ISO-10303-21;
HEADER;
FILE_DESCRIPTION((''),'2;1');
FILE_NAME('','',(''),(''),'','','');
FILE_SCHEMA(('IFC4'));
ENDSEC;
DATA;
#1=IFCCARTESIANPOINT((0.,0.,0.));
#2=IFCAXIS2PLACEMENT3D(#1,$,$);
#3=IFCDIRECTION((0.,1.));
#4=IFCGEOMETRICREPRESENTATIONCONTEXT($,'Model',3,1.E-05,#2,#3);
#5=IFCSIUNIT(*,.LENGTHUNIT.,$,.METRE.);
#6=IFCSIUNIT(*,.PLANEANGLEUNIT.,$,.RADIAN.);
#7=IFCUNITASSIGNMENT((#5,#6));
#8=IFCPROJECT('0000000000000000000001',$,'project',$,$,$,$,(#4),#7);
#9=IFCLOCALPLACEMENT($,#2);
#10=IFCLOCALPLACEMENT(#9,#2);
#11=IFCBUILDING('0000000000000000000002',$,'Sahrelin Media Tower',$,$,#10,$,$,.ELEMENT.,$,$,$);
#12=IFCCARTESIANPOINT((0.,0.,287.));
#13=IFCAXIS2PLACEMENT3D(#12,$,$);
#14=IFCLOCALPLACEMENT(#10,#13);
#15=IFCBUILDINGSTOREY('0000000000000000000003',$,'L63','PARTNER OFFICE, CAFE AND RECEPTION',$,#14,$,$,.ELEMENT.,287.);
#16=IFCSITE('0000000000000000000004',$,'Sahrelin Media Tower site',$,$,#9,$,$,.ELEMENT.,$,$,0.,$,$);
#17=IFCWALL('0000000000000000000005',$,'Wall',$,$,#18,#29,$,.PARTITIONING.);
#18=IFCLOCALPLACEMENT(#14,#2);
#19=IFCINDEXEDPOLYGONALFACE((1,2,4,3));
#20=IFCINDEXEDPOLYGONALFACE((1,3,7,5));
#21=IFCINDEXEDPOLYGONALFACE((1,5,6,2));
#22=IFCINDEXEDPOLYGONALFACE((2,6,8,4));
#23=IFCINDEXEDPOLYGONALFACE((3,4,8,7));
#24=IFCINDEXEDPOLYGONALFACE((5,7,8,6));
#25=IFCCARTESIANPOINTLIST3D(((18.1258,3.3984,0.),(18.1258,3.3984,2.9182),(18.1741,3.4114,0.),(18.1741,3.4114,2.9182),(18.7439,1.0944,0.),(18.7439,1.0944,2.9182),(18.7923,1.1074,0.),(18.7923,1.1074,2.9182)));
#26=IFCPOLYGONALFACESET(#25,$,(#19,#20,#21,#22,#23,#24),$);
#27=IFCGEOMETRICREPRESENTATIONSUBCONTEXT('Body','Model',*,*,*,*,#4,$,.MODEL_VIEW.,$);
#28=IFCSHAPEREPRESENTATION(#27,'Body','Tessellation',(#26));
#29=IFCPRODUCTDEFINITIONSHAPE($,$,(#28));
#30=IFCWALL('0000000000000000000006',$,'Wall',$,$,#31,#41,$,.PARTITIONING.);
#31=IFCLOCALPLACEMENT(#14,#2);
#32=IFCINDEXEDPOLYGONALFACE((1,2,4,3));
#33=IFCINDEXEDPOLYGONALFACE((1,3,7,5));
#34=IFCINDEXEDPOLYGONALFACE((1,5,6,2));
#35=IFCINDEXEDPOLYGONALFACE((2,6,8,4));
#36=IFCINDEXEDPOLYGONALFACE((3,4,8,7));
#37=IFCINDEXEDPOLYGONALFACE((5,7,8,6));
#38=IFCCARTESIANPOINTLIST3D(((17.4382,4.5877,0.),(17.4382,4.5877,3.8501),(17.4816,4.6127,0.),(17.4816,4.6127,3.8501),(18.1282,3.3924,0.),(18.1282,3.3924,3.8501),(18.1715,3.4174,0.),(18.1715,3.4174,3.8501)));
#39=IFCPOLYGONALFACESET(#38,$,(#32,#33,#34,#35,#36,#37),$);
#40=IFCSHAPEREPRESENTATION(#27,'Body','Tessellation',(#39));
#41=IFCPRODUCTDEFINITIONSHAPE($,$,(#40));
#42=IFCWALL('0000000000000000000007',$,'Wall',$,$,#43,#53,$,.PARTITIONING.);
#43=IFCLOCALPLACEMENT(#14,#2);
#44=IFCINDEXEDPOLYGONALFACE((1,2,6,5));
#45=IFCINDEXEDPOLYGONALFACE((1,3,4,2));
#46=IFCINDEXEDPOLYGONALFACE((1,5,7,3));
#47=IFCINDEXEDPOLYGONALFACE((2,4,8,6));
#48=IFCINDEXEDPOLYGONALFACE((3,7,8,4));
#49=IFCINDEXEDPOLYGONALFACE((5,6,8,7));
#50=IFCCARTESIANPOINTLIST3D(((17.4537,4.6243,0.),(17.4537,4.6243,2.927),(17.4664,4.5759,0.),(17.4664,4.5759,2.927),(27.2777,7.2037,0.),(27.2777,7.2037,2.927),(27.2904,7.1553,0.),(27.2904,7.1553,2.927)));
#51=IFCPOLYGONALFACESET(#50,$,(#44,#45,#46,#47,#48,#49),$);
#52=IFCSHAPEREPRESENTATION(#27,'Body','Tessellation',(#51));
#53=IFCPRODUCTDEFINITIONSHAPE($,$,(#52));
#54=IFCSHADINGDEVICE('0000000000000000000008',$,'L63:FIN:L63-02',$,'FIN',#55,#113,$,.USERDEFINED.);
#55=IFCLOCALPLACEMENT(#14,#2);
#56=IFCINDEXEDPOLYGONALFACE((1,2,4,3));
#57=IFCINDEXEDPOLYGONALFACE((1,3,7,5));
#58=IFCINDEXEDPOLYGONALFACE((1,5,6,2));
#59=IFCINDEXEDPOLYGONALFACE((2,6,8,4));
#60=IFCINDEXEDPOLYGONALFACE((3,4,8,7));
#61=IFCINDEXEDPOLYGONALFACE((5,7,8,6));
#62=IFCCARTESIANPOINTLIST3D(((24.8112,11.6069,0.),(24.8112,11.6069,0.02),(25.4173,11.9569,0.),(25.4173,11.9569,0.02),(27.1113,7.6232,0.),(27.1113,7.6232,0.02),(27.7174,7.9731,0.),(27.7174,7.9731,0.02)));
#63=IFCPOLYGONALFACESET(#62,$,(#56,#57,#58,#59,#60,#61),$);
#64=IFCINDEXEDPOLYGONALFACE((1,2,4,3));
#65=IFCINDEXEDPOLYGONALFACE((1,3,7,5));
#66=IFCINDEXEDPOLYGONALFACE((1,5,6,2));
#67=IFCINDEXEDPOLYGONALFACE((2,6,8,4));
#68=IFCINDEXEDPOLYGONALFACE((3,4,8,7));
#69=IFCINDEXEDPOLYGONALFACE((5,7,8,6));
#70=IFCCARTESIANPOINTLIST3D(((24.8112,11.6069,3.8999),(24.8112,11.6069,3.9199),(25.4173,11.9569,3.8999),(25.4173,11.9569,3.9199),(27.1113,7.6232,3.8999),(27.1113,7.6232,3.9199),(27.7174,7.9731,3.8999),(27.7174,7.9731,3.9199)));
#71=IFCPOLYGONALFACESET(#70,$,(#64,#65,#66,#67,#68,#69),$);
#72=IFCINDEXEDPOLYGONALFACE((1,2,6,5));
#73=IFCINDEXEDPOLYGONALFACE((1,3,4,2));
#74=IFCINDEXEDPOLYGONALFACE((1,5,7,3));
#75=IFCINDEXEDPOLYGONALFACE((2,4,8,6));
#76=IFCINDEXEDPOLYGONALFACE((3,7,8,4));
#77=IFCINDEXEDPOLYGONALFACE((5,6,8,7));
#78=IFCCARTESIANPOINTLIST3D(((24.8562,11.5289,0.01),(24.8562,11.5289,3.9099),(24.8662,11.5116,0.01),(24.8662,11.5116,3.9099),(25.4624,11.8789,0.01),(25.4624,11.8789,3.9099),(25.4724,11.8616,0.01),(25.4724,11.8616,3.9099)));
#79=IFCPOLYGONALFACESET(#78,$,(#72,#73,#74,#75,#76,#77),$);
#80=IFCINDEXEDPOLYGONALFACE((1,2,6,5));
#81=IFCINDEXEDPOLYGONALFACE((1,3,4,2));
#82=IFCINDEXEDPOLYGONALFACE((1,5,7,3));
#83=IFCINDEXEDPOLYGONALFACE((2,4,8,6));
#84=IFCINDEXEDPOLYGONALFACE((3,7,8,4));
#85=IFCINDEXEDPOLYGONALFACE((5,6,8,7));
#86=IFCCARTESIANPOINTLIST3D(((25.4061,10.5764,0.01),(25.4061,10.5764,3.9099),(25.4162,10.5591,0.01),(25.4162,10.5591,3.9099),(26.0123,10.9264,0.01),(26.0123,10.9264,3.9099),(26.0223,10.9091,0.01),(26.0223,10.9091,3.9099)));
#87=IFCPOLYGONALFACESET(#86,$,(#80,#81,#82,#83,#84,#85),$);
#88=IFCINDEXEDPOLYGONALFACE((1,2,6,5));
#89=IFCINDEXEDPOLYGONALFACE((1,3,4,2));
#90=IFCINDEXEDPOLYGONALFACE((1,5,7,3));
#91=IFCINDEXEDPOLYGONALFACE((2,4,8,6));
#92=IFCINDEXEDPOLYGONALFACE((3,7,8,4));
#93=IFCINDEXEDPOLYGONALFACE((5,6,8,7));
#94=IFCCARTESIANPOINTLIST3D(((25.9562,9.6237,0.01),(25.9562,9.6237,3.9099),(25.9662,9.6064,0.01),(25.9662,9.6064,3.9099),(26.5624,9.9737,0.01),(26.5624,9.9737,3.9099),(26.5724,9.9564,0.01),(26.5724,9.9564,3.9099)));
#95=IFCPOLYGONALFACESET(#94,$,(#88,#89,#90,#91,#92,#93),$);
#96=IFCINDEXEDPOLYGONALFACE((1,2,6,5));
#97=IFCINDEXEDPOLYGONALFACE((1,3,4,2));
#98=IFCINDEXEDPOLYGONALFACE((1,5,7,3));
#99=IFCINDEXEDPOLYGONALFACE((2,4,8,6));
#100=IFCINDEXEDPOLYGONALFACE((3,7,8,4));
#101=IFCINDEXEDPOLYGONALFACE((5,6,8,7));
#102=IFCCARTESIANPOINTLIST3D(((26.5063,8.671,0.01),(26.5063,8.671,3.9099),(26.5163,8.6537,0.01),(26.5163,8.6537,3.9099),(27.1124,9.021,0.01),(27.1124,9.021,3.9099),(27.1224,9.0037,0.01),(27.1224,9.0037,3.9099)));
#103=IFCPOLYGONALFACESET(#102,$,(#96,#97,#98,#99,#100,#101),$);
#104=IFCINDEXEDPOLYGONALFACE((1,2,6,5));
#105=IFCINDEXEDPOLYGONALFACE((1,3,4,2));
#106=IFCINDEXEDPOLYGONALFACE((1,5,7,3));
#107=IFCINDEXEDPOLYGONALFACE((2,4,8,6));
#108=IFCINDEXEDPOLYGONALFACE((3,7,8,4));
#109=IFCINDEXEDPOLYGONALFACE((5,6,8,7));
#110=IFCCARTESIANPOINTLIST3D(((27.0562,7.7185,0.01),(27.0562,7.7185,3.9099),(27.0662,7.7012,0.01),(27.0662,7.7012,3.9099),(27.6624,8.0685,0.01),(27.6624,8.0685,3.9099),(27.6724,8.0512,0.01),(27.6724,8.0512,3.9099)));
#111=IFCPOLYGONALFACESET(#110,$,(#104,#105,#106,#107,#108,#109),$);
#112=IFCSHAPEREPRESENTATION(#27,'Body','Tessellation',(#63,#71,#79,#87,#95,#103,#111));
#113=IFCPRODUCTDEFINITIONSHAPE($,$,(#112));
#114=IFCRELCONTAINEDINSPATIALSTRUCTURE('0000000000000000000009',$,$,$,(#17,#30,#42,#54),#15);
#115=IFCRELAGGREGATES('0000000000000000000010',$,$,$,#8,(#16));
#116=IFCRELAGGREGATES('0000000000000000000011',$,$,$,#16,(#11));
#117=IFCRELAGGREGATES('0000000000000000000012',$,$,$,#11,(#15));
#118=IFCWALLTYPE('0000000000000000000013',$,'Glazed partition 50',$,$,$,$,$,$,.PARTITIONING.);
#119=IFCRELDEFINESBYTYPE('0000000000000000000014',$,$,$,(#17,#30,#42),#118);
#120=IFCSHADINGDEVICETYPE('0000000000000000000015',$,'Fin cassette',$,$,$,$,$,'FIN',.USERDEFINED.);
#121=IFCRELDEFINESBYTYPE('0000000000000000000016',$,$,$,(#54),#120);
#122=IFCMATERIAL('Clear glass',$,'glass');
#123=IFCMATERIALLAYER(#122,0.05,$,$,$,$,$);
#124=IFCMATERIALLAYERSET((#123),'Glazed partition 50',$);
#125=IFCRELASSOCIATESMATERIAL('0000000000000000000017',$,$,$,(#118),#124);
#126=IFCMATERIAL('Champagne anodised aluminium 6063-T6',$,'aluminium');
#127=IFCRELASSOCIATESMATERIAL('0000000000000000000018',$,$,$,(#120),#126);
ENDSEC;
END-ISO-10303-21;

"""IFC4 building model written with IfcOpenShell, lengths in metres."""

from ifc_helpers import new_model, si_unit, direction, frame, frame_2d, origin, origin_2d, place, context, subcontext, project, spatial, rectangle, extrude, material, layer, layer_set, type_object, element, save


model = new_model("IFC4")

# Units and contexts
model_context = context("Model", 3, precision=1e-05, world=origin(), true_north=direction((0.0, 1.0)))
body_context = subcontext(model_context, "Body", "Model", "MODEL_VIEW")
ifc_project = project(units=[si_unit("LENGTHUNIT", "METRE"), si_unit("PLANEANGLEUNIT", "RADIAN")], contexts=[model_context])

# Site, building, storey
site_placement = place(None, origin())
site = spatial("IfcSite", under=ifc_project, at=site_placement, Name="Sahrelin Media Tower site", CompositionType="ELEMENT", RefElevation=0.0)
building_placement = place(site_placement, origin())
building = spatial("IfcBuilding", under=site, at=building_placement, Name="Sahrelin Media Tower", CompositionType="ELEMENT")
storey_placement = place(building_placement, frame((0.0, 0.0, 287.0)))
storey = spatial("IfcBuildingStorey", under=building, at=storey_placement, Name="L63", Description="PARTNER OFFICE, CAFE AND RECEPTION", CompositionType="ELEMENT", Elevation=287.0)

# Shared definitions
ifc_material_1 = material(Name="Champagne anodised aluminium 6063-T6", Category="aluminium")

# Walls
ifc_material_2 = material(Name="Clear glass", Category="glass")
ifc_layer_1 = layer(ifc_material_2, 0.05)
ifc_layer_set_1 = layer_set([ifc_layer_1], Name="Glazed partition 50")
wall_type_1 = type_object("IfcWallType", Name="Glazed partition 50", PredefinedType="PARTITIONING", material=ifc_layer_set_1)
wall_1_placement = place(storey_placement, frame((18.1499, 3.405, 0.0), z_axis=(0.0, 0.0, 1.0), x_axis=(0.25914, -0.96584, 0.0)))
element("IfcWall", 1, at=wall_1_placement, inside=storey, type_object=wall_type_1, Name="Wall", PredefinedType="PARTITIONING", context=body_context, shape_type="SweptSolid", body=[
    extrude(rectangle(XDim=2.3855, YDim=0.05, at=frame_2d((1.1929, 0.0))), origin(), (0.0, 0.0, 1.0), 2.9182),
])
wall_2_placement = place(storey_placement, frame((17.46, 4.6001, 0.0), z_axis=(0.0, 0.0, 1.0), x_axis=(0.499906, -0.86608, 0.0)))
element("IfcWall", 2, at=wall_2_placement, inside=storey, type_object=wall_type_1, Name="Wall", PredefinedType="PARTITIONING", context=body_context, shape_type="SweptSolid", body=[
    extrude(rectangle(XDim=1.3801, YDim=0.05, at=frame_2d((0.6899, 0.0))), origin(), (0.0, 0.0, 1.0), 3.8501),
])
wall_3_placement = place(storey_placement, frame((17.46, 4.6001, 0.0), z_axis=(0.0, 0.0, 1.0), x_axis=(0.967218, 0.253949, 0.0)))
element("IfcWall", 3, at=wall_3_placement, inside=storey, type_object=wall_type_1, Name="Wall", PredefinedType="PARTITIONING", context=body_context, shape_type="SweptSolid", body=[
    extrude(rectangle(XDim=10.157, YDim=0.05, at=frame_2d((5.0786, 0.0))), origin(), (0.0, 0.0, 1.0), 2.927),
])

# Shading device
shading_device_type_1 = type_object("IfcShadingDeviceType", Name="Fin cassette", ElementType="FIN", PredefinedType="USERDEFINED", material=ifc_material_1)
placement = place(storey_placement, frame((25.9006, 9.5801, 0.0), z_axis=(0.0, 0.0, 1.0), x_axis=(0.500011, -0.866019, 0.0)))
element("IfcShadingDevice", 4, at=placement, inside=storey, type_object=shading_device_type_1, Name="L63:FIN:L63-02", ObjectType="FIN", PredefinedType="USERDEFINED", context=body_context, shape_type="SweptSolid", body=[
    extrude(rectangle(XDim=4.6001, YDim=0.7, at=origin_2d()), frame((0.0, 0.4199, 0.0)), (0.0, 0.0, 1.0), 0.02),
    extrude(rectangle(XDim=4.6001, YDim=0.7, at=origin_2d()), frame((0.0, 0.4199, 3.8999)), (0.0, 0.0, 1.0), 0.02),
    extrude(rectangle(XDim=0.02, YDim=0.7, at=origin_2d()), frame((-2.2, 0.4199, 0.01), z_axis=(0.0, 0.0, 1.0), x_axis=(1.0, 0.0, 0.0)), (0.0, 0.0, 1.0), 3.8999),
    extrude(rectangle(XDim=0.02, YDim=0.7, at=origin_2d()), frame((-1.1001, 0.4199, 0.01), z_axis=(0.0, 0.0, 1.0), x_axis=(1.0, 0.0, 0.0)), (0.0, 0.0, 1.0), 3.8999),
    extrude(rectangle(XDim=0.02, YDim=0.7, at=origin_2d()), frame((0.0, 0.4199, 0.01), z_axis=(0.0, 0.0, 1.0), x_axis=(1.0, 0.0, 0.0)), (0.0, 0.0, 1.0), 3.8999),
    extrude(rectangle(XDim=0.02, YDim=0.7, at=origin_2d()), frame((1.1001, 0.4199, 0.01), z_axis=(0.0, 0.0, 1.0), x_axis=(1.0, 0.0, 0.0)), (0.0, 0.0, 1.0), 3.8999),
    extrude(rectangle(XDim=0.02, YDim=0.7, at=origin_2d()), frame((2.2, 0.4199, 0.01), z_axis=(0.0, 0.0, 1.0), x_axis=(1.0, 0.0, 0.0)), (0.0, 0.0, 1.0), 3.8999),
])

save(model, "model.ifc")
